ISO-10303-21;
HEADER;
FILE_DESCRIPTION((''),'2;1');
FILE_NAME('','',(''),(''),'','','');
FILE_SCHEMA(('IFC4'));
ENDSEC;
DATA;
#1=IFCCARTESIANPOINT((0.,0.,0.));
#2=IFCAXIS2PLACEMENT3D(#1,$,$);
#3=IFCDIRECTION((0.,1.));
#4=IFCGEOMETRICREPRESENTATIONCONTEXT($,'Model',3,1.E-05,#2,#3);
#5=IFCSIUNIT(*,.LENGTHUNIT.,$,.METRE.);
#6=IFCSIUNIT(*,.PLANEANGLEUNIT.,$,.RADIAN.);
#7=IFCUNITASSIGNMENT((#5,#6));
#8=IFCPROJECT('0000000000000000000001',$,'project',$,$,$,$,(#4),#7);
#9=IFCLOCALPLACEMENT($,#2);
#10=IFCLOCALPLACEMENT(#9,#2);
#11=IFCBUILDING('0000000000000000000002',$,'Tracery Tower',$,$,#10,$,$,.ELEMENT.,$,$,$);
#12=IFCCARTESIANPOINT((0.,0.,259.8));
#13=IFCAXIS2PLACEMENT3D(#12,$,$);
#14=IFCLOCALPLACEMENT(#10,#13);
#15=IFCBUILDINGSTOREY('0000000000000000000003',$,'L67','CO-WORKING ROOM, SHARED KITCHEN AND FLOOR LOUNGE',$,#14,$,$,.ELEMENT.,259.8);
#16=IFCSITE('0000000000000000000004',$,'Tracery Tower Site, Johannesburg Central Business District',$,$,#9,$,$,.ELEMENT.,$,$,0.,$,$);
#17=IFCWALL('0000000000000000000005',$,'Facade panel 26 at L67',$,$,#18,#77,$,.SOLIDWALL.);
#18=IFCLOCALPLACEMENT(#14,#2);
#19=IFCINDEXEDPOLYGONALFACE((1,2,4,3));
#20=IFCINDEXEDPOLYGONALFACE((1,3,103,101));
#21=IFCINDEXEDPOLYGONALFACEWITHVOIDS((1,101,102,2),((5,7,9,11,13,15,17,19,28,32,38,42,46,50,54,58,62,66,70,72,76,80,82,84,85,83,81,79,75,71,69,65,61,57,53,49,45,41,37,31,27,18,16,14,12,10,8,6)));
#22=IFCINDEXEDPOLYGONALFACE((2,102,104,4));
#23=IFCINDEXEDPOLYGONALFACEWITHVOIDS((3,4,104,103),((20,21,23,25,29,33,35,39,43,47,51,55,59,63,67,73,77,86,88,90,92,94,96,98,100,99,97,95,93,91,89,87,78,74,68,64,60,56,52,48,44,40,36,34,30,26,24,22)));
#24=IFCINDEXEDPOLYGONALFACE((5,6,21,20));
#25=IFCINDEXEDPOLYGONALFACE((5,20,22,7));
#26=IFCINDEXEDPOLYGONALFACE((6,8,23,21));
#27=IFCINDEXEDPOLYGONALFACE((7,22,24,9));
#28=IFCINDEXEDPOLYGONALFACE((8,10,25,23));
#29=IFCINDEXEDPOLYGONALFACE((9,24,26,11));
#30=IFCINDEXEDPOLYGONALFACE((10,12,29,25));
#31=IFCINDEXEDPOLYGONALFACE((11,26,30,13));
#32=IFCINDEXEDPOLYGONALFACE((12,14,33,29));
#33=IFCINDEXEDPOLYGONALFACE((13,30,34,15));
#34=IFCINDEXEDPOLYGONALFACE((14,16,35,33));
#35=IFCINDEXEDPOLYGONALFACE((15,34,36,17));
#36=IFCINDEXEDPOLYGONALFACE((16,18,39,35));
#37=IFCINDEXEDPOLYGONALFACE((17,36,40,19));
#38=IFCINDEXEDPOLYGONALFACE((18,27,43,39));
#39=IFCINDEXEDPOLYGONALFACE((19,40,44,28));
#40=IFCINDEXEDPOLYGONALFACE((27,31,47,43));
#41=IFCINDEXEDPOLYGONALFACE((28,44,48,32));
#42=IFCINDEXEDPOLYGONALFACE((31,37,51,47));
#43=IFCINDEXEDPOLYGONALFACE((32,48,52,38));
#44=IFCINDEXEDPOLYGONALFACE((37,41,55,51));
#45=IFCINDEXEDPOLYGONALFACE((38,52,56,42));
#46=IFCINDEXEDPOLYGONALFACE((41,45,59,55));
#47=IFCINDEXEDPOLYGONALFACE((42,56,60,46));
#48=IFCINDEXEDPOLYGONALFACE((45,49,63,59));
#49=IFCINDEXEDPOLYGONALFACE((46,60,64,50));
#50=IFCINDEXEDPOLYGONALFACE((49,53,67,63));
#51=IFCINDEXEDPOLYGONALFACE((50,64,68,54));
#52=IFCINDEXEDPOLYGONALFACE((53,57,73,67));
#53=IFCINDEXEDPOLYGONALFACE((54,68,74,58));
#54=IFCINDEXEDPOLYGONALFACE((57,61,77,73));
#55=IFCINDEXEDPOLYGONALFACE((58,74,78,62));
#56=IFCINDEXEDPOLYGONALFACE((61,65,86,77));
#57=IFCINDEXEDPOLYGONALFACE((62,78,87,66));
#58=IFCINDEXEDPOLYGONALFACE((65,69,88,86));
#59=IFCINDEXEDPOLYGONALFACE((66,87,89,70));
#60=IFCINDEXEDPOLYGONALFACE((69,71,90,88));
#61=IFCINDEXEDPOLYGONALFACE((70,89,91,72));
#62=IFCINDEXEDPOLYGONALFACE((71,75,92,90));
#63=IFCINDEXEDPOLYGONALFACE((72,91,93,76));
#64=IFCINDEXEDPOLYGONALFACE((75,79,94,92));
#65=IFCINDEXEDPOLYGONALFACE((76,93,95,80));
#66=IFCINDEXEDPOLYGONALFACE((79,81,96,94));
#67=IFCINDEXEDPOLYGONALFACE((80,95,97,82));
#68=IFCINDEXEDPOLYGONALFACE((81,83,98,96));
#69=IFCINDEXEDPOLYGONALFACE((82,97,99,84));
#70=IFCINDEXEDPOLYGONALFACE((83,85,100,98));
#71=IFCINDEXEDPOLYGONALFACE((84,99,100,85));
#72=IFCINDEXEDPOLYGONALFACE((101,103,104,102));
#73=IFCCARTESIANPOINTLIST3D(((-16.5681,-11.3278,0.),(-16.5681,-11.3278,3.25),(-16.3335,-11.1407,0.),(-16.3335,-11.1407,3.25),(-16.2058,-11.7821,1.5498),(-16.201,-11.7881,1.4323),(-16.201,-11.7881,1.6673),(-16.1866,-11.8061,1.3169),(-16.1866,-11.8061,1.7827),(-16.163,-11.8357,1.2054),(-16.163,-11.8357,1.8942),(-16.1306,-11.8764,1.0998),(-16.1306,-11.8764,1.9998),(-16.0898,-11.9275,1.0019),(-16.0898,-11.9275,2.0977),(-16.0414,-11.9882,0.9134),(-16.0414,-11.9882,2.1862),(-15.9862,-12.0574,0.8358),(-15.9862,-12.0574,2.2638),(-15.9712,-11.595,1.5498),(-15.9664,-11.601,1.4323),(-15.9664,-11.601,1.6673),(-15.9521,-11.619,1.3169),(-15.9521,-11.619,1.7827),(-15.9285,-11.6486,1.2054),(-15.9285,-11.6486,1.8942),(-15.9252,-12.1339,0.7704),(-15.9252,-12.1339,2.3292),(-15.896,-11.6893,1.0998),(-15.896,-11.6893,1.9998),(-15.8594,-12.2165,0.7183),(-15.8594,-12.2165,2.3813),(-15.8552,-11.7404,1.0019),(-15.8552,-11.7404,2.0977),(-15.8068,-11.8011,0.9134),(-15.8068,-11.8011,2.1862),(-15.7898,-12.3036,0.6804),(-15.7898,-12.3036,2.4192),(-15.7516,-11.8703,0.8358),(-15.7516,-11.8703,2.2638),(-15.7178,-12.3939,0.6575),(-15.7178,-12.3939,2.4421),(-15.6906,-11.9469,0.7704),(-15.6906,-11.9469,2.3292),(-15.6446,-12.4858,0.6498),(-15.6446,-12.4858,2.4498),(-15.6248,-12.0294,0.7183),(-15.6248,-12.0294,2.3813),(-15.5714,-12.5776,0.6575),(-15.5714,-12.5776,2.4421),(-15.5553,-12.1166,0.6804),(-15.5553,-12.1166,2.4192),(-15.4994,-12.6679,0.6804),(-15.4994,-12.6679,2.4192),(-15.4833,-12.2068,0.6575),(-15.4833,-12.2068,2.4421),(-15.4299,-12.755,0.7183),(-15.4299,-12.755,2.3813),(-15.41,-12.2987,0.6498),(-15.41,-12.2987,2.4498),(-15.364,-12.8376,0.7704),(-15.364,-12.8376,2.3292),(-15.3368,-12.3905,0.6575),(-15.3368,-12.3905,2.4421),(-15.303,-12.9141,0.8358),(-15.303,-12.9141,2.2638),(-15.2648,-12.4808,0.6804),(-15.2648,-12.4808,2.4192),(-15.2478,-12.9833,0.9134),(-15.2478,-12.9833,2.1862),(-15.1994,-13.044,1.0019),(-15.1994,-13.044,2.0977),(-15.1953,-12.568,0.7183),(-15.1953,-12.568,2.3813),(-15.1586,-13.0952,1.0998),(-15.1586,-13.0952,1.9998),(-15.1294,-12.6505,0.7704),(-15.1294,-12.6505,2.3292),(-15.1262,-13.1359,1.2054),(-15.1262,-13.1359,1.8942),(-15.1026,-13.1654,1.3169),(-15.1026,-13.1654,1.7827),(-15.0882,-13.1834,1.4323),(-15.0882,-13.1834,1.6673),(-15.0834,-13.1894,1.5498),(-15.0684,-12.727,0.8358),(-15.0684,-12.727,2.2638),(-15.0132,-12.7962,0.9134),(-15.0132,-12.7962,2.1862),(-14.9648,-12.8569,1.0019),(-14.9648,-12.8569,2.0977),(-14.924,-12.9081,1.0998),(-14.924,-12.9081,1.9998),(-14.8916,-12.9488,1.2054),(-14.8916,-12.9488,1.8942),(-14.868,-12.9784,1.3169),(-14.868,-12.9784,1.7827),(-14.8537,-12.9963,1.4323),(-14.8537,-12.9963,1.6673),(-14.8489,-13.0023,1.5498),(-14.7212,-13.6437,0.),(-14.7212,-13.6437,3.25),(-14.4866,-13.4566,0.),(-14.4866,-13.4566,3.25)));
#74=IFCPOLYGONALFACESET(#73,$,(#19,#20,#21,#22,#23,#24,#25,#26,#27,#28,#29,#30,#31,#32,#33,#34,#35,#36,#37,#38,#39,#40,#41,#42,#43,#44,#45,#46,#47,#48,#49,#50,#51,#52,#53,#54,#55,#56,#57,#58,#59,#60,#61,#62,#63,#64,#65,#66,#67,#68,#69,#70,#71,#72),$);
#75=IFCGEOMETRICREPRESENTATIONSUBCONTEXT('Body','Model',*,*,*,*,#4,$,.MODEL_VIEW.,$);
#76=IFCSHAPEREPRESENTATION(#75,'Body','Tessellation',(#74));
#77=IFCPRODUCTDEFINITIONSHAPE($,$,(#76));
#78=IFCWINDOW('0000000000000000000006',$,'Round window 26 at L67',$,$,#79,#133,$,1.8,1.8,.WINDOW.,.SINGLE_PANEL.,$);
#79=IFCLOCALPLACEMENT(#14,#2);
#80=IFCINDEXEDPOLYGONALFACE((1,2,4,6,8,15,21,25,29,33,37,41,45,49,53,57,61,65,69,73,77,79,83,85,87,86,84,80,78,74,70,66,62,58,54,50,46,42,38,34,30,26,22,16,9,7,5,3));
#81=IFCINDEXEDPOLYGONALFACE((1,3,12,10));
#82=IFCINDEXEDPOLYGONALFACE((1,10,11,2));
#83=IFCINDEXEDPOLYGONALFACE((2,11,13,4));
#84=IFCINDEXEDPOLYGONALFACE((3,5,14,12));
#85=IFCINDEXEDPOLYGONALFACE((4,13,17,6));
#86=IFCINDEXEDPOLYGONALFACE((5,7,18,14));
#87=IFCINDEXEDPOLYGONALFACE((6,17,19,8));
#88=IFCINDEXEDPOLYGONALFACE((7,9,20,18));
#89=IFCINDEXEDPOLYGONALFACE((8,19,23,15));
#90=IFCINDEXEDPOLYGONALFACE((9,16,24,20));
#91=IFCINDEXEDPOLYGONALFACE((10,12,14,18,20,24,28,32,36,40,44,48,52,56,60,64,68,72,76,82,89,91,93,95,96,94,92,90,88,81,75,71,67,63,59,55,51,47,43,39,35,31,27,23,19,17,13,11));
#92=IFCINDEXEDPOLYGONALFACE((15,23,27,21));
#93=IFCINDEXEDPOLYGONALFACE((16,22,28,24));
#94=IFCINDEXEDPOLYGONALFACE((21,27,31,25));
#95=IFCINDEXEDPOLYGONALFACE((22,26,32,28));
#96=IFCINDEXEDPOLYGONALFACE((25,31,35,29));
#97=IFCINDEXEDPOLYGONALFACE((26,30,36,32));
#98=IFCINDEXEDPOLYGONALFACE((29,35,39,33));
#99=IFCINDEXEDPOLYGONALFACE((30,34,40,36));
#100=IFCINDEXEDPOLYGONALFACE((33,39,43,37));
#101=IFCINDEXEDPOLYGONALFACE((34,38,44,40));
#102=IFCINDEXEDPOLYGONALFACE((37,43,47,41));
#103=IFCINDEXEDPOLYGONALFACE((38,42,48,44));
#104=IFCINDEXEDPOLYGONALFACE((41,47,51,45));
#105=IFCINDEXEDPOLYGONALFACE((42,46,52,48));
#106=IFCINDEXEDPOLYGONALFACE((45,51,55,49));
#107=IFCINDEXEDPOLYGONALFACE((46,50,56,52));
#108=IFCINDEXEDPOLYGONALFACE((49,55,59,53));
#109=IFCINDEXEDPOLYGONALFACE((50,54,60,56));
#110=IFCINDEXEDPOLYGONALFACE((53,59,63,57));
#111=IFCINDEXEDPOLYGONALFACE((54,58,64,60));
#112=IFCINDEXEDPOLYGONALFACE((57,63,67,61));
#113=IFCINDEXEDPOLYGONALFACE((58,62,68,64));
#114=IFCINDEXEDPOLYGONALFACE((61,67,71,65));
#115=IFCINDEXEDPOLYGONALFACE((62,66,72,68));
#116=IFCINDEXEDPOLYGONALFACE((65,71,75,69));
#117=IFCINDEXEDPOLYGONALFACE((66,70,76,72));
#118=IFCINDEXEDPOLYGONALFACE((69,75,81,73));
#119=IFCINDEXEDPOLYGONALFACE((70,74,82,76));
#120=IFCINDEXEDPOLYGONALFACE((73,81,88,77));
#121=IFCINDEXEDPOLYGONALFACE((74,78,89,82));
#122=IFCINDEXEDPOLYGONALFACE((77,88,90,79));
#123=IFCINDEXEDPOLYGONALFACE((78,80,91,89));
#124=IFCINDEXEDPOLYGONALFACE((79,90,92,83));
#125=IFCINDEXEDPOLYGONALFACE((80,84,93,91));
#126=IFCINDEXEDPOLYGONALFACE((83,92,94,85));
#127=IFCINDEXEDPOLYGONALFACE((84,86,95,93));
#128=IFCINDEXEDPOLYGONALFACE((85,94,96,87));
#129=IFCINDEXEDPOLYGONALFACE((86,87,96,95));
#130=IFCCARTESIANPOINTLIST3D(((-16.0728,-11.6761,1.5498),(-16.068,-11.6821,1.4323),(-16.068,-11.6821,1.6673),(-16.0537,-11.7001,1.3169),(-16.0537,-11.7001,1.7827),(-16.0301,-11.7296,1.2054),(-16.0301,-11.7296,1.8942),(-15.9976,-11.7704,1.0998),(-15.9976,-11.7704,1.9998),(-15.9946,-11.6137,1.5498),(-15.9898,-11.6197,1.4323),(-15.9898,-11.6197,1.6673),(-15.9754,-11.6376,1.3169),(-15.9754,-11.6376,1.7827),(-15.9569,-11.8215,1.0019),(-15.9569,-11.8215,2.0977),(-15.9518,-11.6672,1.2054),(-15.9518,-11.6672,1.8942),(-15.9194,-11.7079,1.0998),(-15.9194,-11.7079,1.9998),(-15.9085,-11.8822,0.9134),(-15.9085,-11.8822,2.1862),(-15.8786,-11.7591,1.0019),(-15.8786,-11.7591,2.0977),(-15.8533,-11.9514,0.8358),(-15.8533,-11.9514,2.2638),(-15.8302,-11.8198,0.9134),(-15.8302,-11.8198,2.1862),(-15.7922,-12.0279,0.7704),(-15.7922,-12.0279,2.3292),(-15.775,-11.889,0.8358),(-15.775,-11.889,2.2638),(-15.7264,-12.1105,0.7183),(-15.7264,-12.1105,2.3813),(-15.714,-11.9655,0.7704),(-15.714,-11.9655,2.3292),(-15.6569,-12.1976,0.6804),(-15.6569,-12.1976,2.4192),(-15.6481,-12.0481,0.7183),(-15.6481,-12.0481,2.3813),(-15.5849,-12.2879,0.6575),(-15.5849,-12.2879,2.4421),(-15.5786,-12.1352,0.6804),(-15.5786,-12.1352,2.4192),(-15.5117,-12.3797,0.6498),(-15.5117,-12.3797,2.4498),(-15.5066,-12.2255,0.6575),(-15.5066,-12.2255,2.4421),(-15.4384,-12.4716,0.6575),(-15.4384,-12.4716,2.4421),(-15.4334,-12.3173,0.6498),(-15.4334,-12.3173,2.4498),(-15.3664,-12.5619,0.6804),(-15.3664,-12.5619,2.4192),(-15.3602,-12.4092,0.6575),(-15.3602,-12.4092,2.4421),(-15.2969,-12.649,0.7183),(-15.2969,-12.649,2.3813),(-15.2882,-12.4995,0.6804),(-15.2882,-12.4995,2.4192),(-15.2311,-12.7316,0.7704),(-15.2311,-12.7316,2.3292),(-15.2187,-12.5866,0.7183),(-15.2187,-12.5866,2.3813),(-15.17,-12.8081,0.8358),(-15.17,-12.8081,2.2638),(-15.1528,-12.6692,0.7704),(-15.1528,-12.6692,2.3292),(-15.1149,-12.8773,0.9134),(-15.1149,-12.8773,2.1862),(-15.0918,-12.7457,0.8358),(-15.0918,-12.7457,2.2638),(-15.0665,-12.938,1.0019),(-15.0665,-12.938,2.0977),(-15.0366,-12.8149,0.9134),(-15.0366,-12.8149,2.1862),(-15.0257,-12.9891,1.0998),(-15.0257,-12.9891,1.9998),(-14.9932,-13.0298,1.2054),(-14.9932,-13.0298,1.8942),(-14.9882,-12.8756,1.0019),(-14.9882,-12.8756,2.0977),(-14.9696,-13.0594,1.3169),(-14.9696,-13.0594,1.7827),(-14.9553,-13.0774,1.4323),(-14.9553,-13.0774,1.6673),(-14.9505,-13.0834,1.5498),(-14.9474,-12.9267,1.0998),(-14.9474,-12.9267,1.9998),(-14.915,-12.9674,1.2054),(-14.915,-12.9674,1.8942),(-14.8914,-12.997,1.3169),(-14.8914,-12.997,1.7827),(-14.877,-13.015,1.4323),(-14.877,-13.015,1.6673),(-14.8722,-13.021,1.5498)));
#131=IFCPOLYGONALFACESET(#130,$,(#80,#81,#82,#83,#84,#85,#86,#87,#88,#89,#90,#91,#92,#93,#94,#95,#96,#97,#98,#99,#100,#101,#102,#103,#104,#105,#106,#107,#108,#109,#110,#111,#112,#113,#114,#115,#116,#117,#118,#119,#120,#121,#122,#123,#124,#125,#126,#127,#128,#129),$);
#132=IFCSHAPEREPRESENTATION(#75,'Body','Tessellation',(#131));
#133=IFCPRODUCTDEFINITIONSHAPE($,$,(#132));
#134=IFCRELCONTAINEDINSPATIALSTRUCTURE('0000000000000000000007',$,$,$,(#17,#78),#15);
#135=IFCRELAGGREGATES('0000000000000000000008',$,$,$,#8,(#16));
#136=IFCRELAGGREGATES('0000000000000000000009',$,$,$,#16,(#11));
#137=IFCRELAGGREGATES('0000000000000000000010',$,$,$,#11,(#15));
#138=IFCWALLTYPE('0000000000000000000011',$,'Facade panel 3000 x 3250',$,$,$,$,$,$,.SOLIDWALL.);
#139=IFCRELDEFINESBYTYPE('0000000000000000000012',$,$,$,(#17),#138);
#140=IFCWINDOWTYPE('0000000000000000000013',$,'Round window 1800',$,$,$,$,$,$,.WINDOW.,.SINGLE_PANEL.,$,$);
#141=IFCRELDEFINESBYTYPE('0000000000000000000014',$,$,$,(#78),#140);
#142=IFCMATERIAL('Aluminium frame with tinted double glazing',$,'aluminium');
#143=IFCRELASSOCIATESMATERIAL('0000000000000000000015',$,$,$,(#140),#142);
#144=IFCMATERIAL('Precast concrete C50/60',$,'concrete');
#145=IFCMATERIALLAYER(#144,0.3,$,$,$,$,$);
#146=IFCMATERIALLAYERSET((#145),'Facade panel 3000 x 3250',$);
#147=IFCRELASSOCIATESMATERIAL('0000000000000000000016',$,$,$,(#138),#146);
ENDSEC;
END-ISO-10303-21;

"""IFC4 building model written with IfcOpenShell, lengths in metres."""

from ifc_helpers import new_model, si_unit, direction, frame, frame_2d, origin, origin_2d, place, context, subcontext, project, spatial, rectangle, circle, extrude, material, layer, layer_set, type_object, element, fill, save


model = new_model("IFC4")

# Units and contexts
model_context = context("Model", 3, precision=1e-05, world=origin(), true_north=direction((0.0, 1.0)))
body_context = subcontext(model_context, "Body", "Model", "MODEL_VIEW")
ifc_project = project(units=[si_unit("LENGTHUNIT", "METRE"), si_unit("PLANEANGLEUNIT", "RADIAN")], contexts=[model_context])

# Site, building, storey
site_placement = place(None, origin())
site = spatial("IfcSite", under=ifc_project, at=site_placement, Name="Tracery Tower Site, Johannesburg Central Business District", CompositionType="ELEMENT", RefElevation=0.0)
building_placement = place(site_placement, origin())
building = spatial("IfcBuilding", under=site, at=building_placement, Name="Tracery Tower", CompositionType="ELEMENT")
storey_placement = place(building_placement, frame((0.0, 0.0, 259.8)))
storey = spatial("IfcBuildingStorey", under=building, at=storey_placement, Name="L67", Description="CO-WORKING ROOM, SHARED KITCHEN AND FLOOR LOUNGE", CompositionType="ELEMENT", Elevation=259.8)

# Wall, opening, window
ifc_material_1 = material(Name="Aluminium frame with tinted double glazing", Category="aluminium")
window_type = type_object("IfcWindowType", Name="Round window 1800", PartitioningType="SINGLE_PANEL", PredefinedType="WINDOW", material=ifc_material_1)
ifc_material_2 = material(Name="Precast concrete C50/60", Category="concrete")
ifc_layer_1 = layer(ifc_material_2, 0.3)
ifc_layer_set_1 = layer_set([ifc_layer_1], Name="Facade panel 3000 x 3250")
wall_type_1 = type_object("IfcWallType", Name="Facade panel 3000 x 3250", PredefinedType="SOLIDWALL", material=ifc_layer_set_1)
wall_1_placement = place(storey_placement, frame((-16.4507, -11.2344, 0.0), z_axis=(0.0, 0.0, 1.0), x_axis=(0.623498, -0.781825, 0.0)))
wall_1 = element("IfcWall", 1, at=wall_1_placement, inside=storey, type_object=wall_type_1, Name="Facade panel 26 at L67", PredefinedType="SOLIDWALL", context=body_context, shape_type="SweptSolid", body=[
    extrude(rectangle(XDim=2.9622, YDim=0.3, at=frame_2d((1.481, 0.0))), origin(), (0.0, 0.0, 1.0), 3.25),
])
opening_1_placement = place(wall_1_placement, frame((1.481, 0.0, 1.5498)))
opening_1 = element("IfcOpeningElement", 2, at=opening_1_placement, cuts=wall_1, PredefinedType="OPENING", context=body_context, shape_type="SweptSolid", body=[
    extrude(circle(Radius=0.9, at=origin_2d()), frame((0.0, 0.1599, 0.0), z_axis=(0.0, -1.0, 0.0), x_axis=(1.0, 0.0, 0.0)), (0.0, 0.0, 1.0), 0.3201),
])
window_1_placement = place(opening_1_placement, origin())
window_1 = element("IfcWindow", 3, at=window_1_placement, inside=storey, type_object=window_type, Name="Round window 26 at L67", OverallHeight=1.8, OverallWidth=1.8, PartitioningType="SINGLE_PANEL", PredefinedType="WINDOW", context=body_context, shape_type="SweptSolid", body=[
    extrude(circle(Radius=0.9, at=origin_2d()), frame((0.0, 0.1201, 0.0), z_axis=(0.0, -1.0, 0.0), x_axis=(1.0, 0.0, 0.0)), (0.0, 0.0, 1.0), 0.1001),
])
fill(opening_1, window_1)

save(model, "model.ifc")
